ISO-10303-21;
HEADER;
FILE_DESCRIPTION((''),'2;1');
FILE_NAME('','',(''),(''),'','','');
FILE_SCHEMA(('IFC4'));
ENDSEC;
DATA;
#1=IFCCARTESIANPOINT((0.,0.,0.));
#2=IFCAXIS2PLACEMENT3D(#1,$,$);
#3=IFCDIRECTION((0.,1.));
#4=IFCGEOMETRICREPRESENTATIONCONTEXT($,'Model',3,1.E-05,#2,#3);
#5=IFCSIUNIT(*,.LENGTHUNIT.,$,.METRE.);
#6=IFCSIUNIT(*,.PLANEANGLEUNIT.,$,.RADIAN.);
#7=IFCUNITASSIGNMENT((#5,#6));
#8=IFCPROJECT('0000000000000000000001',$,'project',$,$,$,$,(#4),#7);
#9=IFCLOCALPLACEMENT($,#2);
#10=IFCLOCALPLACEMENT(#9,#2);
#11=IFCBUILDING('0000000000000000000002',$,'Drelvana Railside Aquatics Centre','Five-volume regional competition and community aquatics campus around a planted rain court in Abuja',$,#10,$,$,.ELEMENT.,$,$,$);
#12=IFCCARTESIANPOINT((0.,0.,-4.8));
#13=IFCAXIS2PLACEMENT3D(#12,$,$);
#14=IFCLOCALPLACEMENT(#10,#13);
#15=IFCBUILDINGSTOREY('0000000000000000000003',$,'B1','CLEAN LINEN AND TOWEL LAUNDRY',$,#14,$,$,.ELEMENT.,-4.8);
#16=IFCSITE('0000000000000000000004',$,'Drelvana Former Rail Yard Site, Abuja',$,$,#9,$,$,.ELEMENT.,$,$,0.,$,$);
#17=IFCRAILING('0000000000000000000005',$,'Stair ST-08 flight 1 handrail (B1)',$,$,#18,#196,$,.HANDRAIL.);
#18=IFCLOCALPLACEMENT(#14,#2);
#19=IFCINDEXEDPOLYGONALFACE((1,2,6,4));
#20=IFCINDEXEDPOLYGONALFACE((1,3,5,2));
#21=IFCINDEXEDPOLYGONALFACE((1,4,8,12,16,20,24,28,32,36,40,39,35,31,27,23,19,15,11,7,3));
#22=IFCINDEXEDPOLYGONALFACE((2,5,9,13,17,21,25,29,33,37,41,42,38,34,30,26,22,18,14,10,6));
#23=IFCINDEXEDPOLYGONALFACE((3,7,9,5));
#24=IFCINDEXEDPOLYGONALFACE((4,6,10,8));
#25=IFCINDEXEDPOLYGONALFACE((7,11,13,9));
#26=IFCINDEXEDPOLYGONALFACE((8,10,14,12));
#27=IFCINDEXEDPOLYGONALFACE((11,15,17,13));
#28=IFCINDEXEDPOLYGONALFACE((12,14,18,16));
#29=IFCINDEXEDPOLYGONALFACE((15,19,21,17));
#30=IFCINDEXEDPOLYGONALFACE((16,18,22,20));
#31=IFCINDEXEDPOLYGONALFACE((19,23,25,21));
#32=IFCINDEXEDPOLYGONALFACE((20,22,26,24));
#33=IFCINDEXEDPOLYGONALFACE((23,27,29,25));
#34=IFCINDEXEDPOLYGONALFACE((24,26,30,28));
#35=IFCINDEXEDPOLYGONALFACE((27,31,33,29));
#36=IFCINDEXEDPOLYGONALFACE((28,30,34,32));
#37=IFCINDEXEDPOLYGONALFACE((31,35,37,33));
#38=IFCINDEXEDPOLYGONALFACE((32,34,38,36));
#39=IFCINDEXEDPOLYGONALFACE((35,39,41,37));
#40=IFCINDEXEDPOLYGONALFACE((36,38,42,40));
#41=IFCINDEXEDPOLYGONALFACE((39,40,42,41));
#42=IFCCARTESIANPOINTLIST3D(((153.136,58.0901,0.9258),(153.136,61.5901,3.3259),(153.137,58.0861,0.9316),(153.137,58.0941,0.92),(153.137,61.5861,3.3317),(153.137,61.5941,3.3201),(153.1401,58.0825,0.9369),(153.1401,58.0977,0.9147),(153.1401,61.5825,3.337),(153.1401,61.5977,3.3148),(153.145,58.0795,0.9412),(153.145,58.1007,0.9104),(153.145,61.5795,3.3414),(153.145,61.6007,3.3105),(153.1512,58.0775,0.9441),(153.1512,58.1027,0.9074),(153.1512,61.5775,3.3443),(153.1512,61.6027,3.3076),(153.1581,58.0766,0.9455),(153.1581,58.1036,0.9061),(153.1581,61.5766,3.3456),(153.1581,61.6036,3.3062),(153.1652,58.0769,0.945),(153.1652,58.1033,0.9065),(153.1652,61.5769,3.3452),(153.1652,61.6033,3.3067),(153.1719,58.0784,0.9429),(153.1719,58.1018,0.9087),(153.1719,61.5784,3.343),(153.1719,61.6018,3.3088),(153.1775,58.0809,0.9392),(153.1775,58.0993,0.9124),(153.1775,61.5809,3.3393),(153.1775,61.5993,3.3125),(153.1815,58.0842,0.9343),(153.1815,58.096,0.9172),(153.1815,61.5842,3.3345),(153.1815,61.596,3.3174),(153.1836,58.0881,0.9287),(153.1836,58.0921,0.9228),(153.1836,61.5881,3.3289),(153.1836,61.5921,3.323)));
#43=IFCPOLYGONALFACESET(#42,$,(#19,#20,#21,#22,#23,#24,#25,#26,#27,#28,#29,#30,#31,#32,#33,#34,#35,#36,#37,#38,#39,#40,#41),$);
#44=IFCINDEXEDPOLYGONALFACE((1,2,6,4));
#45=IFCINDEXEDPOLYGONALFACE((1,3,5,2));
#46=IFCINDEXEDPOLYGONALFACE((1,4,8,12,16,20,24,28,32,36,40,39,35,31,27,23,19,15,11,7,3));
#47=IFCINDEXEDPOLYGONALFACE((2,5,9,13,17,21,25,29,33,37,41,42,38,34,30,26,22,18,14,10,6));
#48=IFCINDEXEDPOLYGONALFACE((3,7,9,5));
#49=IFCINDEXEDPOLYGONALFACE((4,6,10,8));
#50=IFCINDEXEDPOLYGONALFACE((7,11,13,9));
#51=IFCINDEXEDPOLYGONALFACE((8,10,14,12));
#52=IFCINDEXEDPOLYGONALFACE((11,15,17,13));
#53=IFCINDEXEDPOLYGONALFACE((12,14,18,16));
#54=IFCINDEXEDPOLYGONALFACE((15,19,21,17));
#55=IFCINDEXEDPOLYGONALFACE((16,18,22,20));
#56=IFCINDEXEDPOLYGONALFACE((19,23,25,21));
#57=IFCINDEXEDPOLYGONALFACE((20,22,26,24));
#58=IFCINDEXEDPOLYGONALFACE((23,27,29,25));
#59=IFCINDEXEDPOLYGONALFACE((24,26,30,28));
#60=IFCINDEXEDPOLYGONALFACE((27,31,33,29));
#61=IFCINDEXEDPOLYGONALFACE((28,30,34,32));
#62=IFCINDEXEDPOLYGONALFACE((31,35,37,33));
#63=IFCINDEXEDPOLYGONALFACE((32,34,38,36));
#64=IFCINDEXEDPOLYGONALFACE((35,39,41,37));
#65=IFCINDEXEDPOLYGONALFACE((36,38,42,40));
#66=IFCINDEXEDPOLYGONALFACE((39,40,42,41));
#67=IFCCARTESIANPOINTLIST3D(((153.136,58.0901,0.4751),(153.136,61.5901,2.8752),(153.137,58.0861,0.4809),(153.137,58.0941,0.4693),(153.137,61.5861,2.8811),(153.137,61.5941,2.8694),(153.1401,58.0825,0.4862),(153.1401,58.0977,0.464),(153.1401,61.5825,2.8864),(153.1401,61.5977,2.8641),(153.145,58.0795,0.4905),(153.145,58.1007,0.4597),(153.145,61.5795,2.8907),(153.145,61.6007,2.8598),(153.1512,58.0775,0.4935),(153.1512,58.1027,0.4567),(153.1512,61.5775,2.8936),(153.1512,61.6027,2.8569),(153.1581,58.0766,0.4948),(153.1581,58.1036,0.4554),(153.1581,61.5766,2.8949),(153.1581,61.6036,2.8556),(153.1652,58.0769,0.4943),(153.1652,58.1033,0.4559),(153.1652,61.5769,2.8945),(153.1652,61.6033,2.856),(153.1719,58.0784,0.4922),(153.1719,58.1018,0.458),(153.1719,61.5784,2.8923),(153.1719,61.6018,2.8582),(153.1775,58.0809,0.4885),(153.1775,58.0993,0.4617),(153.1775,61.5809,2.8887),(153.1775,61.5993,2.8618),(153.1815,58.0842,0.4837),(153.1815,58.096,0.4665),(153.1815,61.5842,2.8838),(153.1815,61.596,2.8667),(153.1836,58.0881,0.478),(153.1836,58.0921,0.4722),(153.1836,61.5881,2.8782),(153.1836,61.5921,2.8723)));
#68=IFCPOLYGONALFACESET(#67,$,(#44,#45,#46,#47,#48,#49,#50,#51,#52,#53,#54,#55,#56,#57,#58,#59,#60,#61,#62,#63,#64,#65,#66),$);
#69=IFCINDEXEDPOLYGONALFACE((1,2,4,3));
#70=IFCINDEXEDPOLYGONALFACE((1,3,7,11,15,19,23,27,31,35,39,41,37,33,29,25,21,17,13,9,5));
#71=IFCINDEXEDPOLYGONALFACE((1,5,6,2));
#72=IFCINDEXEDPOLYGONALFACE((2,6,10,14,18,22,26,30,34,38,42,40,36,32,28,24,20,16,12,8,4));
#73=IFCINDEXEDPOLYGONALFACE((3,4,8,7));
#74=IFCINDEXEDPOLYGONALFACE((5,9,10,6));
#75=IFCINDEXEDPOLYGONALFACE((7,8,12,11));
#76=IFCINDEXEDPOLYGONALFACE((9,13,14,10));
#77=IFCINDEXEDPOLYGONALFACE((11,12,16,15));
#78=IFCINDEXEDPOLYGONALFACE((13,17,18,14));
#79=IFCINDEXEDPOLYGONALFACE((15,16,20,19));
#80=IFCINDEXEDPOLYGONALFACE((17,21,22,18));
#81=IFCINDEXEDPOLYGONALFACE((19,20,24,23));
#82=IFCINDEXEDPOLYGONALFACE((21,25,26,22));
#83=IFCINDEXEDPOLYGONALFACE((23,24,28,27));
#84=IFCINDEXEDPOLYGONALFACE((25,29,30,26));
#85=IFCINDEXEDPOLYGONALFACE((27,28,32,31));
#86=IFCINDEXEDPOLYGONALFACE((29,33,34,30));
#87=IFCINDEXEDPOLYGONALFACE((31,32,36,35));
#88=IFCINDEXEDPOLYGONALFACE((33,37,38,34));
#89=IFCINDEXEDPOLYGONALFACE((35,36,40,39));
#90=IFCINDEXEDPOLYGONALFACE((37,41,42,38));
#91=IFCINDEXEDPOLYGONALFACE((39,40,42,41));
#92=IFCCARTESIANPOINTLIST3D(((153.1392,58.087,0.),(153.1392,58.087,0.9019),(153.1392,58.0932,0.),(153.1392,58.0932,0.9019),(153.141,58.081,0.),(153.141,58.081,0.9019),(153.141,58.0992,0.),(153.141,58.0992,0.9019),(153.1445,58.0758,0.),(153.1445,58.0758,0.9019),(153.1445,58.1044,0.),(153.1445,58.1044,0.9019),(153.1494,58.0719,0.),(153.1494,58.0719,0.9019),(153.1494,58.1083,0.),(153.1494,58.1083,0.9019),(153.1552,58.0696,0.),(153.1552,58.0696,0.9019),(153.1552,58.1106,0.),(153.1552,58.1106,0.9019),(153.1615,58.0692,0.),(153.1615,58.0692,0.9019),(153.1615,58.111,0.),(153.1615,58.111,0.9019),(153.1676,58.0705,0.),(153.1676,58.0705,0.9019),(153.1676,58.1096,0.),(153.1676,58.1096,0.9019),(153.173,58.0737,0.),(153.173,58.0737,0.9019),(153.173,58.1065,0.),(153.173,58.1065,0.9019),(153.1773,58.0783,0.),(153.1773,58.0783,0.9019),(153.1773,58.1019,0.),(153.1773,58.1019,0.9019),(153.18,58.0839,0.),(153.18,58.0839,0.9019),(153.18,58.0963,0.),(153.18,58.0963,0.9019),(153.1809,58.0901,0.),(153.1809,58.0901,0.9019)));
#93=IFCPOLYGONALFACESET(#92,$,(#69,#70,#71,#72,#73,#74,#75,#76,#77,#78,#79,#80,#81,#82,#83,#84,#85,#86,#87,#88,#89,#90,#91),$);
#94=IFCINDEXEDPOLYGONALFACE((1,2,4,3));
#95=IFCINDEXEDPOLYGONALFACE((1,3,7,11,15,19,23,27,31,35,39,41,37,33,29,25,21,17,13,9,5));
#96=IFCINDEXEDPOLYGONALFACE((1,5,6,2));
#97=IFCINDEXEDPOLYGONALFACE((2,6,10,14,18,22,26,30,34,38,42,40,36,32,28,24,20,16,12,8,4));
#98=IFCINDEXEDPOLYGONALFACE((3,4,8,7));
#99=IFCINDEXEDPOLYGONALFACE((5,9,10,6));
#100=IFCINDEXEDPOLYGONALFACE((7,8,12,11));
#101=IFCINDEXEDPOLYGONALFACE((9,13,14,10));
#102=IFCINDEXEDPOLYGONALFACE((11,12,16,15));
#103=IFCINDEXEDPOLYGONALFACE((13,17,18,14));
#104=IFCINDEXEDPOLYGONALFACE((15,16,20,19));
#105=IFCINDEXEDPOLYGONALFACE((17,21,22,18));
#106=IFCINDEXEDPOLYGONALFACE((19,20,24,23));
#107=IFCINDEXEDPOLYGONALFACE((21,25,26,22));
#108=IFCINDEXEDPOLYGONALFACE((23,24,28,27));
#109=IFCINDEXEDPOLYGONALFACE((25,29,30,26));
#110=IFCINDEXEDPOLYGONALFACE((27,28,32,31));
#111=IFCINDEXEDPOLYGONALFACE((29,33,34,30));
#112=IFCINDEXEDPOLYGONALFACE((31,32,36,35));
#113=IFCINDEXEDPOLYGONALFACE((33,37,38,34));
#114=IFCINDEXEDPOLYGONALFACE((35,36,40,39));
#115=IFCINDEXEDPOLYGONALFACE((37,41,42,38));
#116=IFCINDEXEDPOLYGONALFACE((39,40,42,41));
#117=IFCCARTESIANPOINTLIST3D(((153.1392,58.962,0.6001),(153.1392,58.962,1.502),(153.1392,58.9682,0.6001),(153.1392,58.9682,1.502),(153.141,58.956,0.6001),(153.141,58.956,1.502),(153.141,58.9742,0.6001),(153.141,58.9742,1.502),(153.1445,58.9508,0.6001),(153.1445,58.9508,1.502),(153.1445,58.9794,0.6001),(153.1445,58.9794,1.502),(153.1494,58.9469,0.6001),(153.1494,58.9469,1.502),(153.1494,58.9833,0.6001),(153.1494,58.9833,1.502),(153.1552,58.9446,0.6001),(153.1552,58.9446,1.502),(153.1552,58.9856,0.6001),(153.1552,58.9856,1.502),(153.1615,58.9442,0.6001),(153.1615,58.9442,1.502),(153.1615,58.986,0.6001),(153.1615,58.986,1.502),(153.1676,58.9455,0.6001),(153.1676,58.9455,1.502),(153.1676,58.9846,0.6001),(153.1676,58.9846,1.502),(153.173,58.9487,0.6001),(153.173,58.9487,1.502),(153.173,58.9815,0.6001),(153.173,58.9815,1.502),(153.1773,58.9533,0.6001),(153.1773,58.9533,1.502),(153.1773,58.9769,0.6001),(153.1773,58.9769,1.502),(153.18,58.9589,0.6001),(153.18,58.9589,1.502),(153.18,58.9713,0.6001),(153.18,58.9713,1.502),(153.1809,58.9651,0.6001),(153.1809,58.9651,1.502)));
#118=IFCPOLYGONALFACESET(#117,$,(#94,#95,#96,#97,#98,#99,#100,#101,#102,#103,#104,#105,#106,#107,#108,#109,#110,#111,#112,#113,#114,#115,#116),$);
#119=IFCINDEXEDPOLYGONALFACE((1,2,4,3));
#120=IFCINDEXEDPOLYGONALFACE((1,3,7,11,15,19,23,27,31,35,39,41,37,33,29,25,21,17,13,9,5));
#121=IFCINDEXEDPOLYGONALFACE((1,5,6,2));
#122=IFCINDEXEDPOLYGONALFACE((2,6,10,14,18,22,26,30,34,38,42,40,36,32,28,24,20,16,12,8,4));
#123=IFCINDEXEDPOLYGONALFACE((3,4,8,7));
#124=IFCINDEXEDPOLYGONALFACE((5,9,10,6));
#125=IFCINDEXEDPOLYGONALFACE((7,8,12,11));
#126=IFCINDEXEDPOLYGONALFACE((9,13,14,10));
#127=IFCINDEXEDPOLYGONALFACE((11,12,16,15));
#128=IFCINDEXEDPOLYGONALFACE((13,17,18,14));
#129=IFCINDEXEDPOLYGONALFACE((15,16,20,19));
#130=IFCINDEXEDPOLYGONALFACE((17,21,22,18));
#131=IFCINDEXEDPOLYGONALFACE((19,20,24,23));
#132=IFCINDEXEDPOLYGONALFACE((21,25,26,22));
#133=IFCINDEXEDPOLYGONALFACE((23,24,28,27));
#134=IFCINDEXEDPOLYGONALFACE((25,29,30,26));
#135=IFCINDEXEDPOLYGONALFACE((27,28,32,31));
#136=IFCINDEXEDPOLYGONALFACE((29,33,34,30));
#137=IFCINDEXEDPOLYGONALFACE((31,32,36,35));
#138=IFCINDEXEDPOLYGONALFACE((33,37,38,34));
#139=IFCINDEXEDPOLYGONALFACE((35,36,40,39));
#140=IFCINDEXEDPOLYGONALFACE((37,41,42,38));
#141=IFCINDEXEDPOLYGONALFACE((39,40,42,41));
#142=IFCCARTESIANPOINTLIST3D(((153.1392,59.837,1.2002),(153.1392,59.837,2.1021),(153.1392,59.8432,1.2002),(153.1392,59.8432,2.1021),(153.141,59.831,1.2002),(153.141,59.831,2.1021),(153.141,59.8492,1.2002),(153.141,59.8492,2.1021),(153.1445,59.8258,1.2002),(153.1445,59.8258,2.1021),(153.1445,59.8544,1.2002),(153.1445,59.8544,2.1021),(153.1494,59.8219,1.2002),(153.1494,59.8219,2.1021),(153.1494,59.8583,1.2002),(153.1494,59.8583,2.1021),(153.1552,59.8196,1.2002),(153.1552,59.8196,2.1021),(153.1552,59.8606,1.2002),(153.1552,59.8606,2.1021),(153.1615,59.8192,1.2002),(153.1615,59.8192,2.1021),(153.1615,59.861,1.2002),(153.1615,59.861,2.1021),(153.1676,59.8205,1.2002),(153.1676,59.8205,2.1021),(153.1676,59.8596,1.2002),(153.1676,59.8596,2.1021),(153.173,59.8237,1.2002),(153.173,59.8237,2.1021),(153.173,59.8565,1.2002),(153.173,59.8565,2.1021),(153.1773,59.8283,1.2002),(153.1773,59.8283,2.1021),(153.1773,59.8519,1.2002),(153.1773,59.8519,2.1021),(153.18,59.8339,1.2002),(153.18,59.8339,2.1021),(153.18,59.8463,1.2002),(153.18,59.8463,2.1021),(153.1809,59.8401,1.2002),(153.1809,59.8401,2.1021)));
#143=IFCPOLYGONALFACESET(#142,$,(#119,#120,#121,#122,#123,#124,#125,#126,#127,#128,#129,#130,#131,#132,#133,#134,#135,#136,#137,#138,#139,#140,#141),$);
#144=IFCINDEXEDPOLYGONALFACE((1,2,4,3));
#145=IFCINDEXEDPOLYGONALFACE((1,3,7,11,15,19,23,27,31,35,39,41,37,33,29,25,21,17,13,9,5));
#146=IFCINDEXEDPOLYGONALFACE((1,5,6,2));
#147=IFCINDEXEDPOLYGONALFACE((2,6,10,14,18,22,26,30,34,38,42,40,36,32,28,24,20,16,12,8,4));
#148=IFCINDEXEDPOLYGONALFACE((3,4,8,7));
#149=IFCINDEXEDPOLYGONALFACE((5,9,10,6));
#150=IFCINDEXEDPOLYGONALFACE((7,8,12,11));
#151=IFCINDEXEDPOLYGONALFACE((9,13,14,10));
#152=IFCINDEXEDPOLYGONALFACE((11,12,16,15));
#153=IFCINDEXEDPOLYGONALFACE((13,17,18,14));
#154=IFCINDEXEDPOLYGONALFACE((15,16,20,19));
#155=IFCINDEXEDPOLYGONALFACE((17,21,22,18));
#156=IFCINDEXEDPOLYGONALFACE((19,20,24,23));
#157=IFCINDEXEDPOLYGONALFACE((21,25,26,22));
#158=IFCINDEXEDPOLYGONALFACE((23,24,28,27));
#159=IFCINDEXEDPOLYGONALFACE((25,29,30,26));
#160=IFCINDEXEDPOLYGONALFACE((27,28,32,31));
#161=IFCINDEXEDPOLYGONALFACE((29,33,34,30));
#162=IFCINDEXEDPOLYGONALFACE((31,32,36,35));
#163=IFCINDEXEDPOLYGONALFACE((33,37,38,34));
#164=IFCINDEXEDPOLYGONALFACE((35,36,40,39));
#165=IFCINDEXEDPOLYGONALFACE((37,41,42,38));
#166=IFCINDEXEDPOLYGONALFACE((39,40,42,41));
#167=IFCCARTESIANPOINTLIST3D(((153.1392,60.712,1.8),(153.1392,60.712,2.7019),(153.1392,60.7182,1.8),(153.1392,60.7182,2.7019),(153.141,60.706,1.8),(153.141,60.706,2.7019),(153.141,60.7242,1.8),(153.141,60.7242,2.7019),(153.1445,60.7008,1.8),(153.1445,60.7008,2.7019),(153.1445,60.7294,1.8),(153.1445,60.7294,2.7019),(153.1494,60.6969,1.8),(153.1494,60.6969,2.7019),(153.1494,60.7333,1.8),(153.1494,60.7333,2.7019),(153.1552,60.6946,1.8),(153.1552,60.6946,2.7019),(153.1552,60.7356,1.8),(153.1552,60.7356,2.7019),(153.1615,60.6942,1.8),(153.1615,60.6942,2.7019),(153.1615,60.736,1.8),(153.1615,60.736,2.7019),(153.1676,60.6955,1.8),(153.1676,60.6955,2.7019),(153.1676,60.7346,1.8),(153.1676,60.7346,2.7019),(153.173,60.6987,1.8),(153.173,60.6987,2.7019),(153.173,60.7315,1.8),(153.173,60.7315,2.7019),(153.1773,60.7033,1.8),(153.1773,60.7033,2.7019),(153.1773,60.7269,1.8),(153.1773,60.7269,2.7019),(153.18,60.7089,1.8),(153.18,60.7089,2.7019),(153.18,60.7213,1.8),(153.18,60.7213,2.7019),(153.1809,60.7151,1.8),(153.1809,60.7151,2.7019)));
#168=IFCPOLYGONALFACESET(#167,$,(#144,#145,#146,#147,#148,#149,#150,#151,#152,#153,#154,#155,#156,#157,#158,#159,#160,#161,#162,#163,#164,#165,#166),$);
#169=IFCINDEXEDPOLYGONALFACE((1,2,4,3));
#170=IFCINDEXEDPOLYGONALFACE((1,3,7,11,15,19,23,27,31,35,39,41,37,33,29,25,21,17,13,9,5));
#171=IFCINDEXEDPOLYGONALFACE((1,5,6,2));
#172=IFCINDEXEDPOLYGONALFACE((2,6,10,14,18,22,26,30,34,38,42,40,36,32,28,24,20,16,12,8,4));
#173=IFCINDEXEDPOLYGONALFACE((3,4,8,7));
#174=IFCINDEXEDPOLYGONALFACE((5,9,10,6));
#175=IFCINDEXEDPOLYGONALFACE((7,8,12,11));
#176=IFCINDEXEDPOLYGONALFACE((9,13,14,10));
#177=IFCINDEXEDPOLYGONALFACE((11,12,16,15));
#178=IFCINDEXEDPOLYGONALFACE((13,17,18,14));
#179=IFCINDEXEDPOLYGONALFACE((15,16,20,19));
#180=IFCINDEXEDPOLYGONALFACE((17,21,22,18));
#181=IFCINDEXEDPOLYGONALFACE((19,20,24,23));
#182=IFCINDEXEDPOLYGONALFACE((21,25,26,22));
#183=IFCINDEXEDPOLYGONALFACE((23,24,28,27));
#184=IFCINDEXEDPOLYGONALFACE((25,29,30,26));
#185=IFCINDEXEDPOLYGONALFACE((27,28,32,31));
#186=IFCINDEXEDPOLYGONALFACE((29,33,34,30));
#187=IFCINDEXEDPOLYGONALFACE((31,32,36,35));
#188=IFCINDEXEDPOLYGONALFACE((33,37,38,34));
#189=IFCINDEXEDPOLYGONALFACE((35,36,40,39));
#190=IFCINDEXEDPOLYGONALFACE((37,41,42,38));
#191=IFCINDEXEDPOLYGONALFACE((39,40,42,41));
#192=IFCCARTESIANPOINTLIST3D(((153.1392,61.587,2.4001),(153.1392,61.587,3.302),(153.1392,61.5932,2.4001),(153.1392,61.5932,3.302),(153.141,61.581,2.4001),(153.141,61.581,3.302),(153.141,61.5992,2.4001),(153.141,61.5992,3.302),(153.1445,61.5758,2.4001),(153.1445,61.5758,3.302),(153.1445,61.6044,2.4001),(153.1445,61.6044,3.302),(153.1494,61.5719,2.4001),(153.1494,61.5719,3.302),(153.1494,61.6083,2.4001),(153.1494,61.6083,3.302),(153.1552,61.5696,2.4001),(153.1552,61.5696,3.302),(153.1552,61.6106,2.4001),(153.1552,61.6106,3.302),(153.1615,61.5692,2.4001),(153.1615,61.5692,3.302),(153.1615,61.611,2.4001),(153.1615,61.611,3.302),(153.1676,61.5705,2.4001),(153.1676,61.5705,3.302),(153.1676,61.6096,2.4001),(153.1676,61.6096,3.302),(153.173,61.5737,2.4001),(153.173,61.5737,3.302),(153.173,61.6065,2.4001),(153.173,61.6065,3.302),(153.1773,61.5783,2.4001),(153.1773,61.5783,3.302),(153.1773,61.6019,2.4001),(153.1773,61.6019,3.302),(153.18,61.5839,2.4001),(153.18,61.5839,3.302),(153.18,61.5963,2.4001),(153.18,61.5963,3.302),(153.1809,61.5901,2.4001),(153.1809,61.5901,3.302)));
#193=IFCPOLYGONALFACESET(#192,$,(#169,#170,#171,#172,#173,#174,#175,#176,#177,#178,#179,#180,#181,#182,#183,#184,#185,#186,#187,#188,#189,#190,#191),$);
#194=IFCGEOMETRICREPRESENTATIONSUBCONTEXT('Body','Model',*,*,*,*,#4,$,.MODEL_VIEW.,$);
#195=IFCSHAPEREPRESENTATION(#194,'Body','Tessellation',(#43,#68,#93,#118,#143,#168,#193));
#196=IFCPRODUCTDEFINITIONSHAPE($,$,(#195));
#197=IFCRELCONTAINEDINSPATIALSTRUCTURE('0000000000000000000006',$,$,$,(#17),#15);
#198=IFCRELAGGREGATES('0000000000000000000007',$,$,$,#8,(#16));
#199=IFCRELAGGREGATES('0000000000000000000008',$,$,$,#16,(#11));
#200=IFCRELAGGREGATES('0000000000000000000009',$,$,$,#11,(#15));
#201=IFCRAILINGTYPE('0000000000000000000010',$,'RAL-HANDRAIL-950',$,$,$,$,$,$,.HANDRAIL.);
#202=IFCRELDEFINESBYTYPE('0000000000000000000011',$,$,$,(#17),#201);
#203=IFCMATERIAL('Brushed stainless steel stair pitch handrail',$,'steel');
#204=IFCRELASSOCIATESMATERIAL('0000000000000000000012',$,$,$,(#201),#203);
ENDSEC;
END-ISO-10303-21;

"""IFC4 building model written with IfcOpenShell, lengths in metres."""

from ifc_helpers import new_model, si_unit, direction, frame, origin, origin_2d, place, context, subcontext, project, spatial, circle, extrude, material, type_object, element, save


model = new_model("IFC4")

# Units and contexts
model_context = context("Model", 3, precision=1e-05, world=origin(), true_north=direction((0.0, 1.0)))
body_context = subcontext(model_context, "Body", "Model", "MODEL_VIEW")
ifc_project = project(units=[si_unit("LENGTHUNIT", "METRE"), si_unit("PLANEANGLEUNIT", "RADIAN")], contexts=[model_context])

# Site, building, storey
site_placement = place(None, origin())
site = spatial("IfcSite", under=ifc_project, at=site_placement, Name="Drelvana Former Rail Yard Site, Abuja", CompositionType="ELEMENT", RefElevation=0.0)
building_placement = place(site_placement, origin())
building = spatial("IfcBuilding", under=site, at=building_placement, Name="Drelvana Railside Aquatics Centre", Description="Five-volume regional competition and community aquatics campus around a planted rain court in Abuja", CompositionType="ELEMENT")
storey_placement = place(building_placement, frame((0.0, 0.0, -4.8)))
storey = spatial("IfcBuildingStorey", under=building, at=storey_placement, Name="B1", Description="CLEAN LINEN AND TOWEL LAUNDRY", CompositionType="ELEMENT", Elevation=-4.8)

# Railing
ifc_material_1 = material(Name="Brushed stainless steel stair pitch handrail", Category="steel")
railing_type = type_object("IfcRailingType", Name="RAL-HANDRAIL-950", PredefinedType="HANDRAIL", material=ifc_material_1)
railing_placement = place(storey_placement, frame((153.1599, 58.0901, 0.0)))
element("IfcRailing", 1, at=railing_placement, inside=storey, type_object=railing_type, Name="Stair ST-08 flight 1 handrail (B1)", PredefinedType="HANDRAIL", context=body_context, shape_type="SweptSolid", body=[
    extrude(circle(Radius=0.0239, at=origin_2d()), frame((0.0, 0.0, 0.9258), z_axis=(0.0, 0.824713, 0.565552), x_axis=(-1.0, 0.0, 0.0)), (0.0, 0.0, 1.0), 4.2439),
    extrude(circle(Radius=0.0239, at=origin_2d()), frame((0.0, 0.0, 0.4751), z_axis=(0.0, 0.824713, 0.565552), x_axis=(-1.0, 0.0, 0.0)), (0.0, 0.0, 1.0), 4.2439),
    extrude(circle(Radius=0.021, at=origin_2d()), origin(), (0.0, 0.0, 1.0), 0.9019),
    extrude(circle(Radius=0.021, at=origin_2d()), frame((0.0, 0.875, 0.6001)), (0.0, 0.0, 1.0), 0.9019),
    extrude(circle(Radius=0.021, at=origin_2d()), frame((0.0, 1.75, 1.2002)), (0.0, 0.0, 1.0), 0.9019),
    extrude(circle(Radius=0.021, at=origin_2d()), frame((0.0, 2.625, 1.8)), (0.0, 0.0, 1.0), 0.9019),
    extrude(circle(Radius=0.021, at=origin_2d()), frame((0.0, 3.5, 2.4001)), (0.0, 0.0, 1.0), 0.9019),
])

save(model, "model.ifc")
